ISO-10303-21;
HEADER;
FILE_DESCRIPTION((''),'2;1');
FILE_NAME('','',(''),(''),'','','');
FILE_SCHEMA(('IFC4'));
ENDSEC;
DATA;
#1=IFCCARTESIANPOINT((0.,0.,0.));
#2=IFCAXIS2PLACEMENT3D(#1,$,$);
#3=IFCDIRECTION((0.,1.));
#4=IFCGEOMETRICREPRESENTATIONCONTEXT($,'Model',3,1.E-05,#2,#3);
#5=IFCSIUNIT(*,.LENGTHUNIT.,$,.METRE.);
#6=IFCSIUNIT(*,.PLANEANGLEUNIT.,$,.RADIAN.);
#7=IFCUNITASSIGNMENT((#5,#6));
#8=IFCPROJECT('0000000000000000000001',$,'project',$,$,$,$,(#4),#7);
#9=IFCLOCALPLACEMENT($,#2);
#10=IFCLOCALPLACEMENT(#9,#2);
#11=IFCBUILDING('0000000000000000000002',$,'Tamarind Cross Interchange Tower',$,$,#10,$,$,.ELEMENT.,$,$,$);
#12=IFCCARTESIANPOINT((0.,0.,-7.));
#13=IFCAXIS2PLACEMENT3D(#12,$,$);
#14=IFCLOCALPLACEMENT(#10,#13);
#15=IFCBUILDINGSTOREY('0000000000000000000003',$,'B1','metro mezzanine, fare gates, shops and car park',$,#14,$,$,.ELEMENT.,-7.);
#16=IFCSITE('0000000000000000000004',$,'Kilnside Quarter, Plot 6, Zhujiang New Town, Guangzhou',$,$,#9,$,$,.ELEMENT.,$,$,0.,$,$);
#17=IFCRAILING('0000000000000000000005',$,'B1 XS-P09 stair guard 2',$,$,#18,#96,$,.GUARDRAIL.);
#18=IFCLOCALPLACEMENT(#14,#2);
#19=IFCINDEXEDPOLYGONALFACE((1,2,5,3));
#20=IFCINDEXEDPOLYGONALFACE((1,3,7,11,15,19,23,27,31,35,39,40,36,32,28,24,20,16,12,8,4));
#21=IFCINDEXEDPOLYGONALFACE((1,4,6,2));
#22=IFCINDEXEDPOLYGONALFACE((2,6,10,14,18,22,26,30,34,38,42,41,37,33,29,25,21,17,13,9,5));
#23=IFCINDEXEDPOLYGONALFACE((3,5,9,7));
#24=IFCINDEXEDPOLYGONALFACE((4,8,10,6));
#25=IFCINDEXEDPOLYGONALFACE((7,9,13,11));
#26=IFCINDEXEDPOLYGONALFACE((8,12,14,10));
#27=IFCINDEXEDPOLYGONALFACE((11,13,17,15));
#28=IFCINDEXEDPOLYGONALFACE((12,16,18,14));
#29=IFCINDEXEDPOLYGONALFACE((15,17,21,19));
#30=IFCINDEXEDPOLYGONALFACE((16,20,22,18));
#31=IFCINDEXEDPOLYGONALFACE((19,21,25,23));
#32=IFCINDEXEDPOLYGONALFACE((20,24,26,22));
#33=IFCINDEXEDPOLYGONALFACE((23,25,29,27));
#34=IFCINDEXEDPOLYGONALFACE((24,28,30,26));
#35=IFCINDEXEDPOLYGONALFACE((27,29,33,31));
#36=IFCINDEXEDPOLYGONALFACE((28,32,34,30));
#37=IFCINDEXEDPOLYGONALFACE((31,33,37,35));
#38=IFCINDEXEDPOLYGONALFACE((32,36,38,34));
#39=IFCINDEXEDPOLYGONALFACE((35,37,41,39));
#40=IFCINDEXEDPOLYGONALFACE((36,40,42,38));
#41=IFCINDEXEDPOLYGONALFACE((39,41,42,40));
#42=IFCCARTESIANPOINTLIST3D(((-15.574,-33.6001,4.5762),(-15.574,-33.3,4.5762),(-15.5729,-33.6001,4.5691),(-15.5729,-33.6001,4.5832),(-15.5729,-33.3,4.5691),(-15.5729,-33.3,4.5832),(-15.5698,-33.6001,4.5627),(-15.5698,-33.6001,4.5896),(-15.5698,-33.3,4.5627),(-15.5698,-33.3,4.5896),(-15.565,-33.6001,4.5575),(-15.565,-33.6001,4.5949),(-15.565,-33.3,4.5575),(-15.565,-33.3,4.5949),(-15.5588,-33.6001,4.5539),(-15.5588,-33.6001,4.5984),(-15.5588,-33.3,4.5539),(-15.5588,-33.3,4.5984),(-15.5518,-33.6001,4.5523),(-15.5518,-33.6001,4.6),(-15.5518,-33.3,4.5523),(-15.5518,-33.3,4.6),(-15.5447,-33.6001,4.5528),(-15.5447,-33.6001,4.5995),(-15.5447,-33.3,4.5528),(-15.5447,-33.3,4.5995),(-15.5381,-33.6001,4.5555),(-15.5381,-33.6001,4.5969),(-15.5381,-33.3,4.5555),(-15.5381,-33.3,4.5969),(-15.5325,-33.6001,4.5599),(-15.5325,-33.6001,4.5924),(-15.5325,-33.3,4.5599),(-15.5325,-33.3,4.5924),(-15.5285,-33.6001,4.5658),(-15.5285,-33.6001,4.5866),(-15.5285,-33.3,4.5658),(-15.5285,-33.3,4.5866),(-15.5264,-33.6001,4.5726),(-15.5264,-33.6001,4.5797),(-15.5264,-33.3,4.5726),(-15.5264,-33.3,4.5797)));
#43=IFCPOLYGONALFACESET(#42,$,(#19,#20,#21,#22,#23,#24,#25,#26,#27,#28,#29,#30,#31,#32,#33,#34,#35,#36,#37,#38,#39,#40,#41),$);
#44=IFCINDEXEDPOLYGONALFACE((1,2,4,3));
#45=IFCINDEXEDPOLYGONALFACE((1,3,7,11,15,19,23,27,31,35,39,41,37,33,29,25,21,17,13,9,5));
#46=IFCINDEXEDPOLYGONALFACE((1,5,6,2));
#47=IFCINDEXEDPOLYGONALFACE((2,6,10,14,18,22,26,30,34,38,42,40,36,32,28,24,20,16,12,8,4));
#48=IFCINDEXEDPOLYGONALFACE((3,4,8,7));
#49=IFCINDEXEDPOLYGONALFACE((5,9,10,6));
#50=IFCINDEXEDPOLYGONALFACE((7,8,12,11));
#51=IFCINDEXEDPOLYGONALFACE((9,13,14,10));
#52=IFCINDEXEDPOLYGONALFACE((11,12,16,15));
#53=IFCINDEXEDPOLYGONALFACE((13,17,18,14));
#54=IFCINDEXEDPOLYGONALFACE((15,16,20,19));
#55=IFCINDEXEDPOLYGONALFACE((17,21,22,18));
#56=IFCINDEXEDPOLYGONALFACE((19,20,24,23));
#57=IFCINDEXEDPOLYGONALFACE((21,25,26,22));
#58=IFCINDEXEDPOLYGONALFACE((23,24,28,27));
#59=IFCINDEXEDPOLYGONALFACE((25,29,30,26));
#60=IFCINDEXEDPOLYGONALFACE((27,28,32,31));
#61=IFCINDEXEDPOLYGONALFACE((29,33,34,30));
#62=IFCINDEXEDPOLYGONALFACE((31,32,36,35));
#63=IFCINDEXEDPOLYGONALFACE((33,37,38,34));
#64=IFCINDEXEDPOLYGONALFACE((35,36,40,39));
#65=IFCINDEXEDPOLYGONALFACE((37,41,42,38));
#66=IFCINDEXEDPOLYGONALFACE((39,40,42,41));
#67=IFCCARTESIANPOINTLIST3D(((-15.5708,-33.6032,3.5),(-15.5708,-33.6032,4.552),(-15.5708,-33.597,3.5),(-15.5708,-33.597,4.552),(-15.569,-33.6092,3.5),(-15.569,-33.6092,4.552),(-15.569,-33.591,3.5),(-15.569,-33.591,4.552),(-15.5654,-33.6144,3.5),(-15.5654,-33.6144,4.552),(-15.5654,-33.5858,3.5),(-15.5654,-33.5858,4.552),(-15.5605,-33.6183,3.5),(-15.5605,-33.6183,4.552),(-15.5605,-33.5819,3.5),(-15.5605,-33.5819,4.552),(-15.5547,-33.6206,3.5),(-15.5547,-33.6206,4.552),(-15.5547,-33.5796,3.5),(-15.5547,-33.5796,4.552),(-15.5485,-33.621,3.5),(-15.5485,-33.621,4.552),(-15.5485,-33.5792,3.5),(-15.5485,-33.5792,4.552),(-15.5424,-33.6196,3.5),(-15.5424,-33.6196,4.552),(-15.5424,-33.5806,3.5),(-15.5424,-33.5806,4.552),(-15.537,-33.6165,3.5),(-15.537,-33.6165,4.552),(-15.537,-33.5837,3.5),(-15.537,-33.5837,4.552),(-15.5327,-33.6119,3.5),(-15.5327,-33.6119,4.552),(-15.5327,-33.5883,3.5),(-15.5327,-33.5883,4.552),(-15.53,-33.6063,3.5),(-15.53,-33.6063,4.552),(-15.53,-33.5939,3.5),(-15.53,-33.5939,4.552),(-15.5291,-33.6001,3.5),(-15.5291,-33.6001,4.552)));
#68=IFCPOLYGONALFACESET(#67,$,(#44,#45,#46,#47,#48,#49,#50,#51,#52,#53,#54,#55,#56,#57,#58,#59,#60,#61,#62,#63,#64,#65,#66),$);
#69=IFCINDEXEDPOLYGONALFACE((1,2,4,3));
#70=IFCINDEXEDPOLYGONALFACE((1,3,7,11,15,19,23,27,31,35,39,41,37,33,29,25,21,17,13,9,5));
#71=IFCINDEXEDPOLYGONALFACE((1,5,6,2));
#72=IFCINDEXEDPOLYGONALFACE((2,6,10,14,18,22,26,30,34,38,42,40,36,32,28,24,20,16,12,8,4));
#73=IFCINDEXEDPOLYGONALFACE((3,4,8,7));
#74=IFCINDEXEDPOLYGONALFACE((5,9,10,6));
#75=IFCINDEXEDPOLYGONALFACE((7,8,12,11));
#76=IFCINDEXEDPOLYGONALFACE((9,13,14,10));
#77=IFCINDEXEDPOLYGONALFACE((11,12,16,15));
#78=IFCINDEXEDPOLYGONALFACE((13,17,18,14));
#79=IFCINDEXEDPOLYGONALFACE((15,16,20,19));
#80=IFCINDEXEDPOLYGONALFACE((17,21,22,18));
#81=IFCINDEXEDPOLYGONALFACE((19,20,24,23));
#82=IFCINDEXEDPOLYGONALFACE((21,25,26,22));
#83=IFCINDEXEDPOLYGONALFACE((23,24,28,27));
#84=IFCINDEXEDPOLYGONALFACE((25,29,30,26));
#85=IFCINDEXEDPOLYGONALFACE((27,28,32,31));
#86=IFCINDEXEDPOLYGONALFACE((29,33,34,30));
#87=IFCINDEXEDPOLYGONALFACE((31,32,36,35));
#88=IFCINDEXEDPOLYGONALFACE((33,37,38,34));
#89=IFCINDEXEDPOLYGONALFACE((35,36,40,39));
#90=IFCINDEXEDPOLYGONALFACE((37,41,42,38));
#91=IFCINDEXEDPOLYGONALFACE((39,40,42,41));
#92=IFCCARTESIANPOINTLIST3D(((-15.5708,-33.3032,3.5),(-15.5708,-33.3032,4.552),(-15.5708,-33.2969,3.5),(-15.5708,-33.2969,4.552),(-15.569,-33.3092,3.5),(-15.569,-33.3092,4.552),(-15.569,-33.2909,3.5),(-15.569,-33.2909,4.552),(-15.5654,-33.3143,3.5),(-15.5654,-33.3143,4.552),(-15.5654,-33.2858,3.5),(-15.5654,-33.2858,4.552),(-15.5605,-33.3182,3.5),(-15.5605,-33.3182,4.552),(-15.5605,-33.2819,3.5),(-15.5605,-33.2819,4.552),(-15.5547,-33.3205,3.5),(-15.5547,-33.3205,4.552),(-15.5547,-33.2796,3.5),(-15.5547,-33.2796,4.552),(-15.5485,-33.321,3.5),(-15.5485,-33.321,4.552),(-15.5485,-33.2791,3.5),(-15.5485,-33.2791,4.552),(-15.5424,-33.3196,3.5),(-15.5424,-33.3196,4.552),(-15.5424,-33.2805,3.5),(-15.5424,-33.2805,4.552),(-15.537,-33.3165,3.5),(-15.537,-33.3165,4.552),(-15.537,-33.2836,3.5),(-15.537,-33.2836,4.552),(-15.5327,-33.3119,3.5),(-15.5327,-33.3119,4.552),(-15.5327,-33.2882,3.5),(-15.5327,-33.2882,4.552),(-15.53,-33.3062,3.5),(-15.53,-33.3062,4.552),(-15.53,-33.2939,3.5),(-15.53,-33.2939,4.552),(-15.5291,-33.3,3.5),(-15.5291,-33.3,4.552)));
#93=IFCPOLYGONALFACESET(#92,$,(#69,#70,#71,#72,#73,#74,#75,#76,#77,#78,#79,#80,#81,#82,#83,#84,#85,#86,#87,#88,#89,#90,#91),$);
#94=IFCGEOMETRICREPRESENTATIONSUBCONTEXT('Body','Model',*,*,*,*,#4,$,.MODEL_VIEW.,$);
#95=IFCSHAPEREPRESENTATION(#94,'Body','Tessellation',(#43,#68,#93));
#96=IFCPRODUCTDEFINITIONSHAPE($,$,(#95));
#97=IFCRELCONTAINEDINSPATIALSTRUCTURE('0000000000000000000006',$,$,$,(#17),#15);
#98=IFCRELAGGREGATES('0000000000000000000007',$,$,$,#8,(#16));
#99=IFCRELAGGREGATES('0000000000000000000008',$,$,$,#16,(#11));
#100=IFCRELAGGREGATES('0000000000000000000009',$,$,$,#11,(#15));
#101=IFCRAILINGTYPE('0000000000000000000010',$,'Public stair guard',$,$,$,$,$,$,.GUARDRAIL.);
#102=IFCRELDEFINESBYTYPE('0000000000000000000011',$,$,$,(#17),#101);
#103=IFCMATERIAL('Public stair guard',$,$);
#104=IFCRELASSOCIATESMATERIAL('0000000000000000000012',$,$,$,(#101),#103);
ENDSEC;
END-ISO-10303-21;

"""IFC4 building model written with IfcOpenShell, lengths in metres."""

from ifc_helpers import new_model, si_unit, direction, frame, origin, origin_2d, place, context, subcontext, project, spatial, circle, extrude, material, type_object, element, save


model = new_model("IFC4")

# Units and contexts
model_context = context("Model", 3, precision=1e-05, world=origin(), true_north=direction((0.0, 1.0)))
body_context = subcontext(model_context, "Body", "Model", "MODEL_VIEW")
ifc_project = project(units=[si_unit("LENGTHUNIT", "METRE"), si_unit("PLANEANGLEUNIT", "RADIAN")], contexts=[model_context])

# Site, building, storey
site_placement = place(None, origin())
site = spatial("IfcSite", under=ifc_project, at=site_placement, Name="Kilnside Quarter, Plot 6, Zhujiang New Town, Guangzhou", CompositionType="ELEMENT", RefElevation=0.0)
building_placement = place(site_placement, origin())
building = spatial("IfcBuilding", under=site, at=building_placement, Name="Tamarind Cross Interchange Tower", CompositionType="ELEMENT")
storey_placement = place(building_placement, frame((0.0, 0.0, -7.0)))
storey = spatial("IfcBuildingStorey", under=building, at=storey_placement, Name="B1", Description="metro mezzanine, fare gates, shops and car park", CompositionType="ELEMENT", Elevation=-7.0)

# Railing
ifc_material_1 = material(Name="Public stair guard")
railing_type_1 = type_object("IfcRailingType", Name="Public stair guard", PredefinedType="GUARDRAIL", material=ifc_material_1)
railing_1_placement = place(storey_placement, frame((-15.55, -33.6001, 3.5)))
element("IfcRailing", 1, at=railing_1_placement, inside=storey, type_object=railing_type_1, Name="B1 XS-P09 stair guard 2", PredefinedType="GUARDRAIL", context=body_context, shape_type="SweptSolid", body=[
    extrude(circle(Radius=0.0239, at=origin_2d()), frame((0.0, 0.0, 1.0762), z_axis=(0.0, 1.0, 0.0), x_axis=(-1.0, 0.0, 0.0)), (0.0, 0.0, 1.0), 0.3),
    extrude(circle(Radius=0.021, at=origin_2d()), origin(), (0.0, 0.0, 1.0), 1.052),
    extrude(circle(Radius=0.021, at=origin_2d()), frame((0.0, 0.3, 0.0)), (0.0, 0.0, 1.0), 1.052),
])

save(model, "model.ifc")
